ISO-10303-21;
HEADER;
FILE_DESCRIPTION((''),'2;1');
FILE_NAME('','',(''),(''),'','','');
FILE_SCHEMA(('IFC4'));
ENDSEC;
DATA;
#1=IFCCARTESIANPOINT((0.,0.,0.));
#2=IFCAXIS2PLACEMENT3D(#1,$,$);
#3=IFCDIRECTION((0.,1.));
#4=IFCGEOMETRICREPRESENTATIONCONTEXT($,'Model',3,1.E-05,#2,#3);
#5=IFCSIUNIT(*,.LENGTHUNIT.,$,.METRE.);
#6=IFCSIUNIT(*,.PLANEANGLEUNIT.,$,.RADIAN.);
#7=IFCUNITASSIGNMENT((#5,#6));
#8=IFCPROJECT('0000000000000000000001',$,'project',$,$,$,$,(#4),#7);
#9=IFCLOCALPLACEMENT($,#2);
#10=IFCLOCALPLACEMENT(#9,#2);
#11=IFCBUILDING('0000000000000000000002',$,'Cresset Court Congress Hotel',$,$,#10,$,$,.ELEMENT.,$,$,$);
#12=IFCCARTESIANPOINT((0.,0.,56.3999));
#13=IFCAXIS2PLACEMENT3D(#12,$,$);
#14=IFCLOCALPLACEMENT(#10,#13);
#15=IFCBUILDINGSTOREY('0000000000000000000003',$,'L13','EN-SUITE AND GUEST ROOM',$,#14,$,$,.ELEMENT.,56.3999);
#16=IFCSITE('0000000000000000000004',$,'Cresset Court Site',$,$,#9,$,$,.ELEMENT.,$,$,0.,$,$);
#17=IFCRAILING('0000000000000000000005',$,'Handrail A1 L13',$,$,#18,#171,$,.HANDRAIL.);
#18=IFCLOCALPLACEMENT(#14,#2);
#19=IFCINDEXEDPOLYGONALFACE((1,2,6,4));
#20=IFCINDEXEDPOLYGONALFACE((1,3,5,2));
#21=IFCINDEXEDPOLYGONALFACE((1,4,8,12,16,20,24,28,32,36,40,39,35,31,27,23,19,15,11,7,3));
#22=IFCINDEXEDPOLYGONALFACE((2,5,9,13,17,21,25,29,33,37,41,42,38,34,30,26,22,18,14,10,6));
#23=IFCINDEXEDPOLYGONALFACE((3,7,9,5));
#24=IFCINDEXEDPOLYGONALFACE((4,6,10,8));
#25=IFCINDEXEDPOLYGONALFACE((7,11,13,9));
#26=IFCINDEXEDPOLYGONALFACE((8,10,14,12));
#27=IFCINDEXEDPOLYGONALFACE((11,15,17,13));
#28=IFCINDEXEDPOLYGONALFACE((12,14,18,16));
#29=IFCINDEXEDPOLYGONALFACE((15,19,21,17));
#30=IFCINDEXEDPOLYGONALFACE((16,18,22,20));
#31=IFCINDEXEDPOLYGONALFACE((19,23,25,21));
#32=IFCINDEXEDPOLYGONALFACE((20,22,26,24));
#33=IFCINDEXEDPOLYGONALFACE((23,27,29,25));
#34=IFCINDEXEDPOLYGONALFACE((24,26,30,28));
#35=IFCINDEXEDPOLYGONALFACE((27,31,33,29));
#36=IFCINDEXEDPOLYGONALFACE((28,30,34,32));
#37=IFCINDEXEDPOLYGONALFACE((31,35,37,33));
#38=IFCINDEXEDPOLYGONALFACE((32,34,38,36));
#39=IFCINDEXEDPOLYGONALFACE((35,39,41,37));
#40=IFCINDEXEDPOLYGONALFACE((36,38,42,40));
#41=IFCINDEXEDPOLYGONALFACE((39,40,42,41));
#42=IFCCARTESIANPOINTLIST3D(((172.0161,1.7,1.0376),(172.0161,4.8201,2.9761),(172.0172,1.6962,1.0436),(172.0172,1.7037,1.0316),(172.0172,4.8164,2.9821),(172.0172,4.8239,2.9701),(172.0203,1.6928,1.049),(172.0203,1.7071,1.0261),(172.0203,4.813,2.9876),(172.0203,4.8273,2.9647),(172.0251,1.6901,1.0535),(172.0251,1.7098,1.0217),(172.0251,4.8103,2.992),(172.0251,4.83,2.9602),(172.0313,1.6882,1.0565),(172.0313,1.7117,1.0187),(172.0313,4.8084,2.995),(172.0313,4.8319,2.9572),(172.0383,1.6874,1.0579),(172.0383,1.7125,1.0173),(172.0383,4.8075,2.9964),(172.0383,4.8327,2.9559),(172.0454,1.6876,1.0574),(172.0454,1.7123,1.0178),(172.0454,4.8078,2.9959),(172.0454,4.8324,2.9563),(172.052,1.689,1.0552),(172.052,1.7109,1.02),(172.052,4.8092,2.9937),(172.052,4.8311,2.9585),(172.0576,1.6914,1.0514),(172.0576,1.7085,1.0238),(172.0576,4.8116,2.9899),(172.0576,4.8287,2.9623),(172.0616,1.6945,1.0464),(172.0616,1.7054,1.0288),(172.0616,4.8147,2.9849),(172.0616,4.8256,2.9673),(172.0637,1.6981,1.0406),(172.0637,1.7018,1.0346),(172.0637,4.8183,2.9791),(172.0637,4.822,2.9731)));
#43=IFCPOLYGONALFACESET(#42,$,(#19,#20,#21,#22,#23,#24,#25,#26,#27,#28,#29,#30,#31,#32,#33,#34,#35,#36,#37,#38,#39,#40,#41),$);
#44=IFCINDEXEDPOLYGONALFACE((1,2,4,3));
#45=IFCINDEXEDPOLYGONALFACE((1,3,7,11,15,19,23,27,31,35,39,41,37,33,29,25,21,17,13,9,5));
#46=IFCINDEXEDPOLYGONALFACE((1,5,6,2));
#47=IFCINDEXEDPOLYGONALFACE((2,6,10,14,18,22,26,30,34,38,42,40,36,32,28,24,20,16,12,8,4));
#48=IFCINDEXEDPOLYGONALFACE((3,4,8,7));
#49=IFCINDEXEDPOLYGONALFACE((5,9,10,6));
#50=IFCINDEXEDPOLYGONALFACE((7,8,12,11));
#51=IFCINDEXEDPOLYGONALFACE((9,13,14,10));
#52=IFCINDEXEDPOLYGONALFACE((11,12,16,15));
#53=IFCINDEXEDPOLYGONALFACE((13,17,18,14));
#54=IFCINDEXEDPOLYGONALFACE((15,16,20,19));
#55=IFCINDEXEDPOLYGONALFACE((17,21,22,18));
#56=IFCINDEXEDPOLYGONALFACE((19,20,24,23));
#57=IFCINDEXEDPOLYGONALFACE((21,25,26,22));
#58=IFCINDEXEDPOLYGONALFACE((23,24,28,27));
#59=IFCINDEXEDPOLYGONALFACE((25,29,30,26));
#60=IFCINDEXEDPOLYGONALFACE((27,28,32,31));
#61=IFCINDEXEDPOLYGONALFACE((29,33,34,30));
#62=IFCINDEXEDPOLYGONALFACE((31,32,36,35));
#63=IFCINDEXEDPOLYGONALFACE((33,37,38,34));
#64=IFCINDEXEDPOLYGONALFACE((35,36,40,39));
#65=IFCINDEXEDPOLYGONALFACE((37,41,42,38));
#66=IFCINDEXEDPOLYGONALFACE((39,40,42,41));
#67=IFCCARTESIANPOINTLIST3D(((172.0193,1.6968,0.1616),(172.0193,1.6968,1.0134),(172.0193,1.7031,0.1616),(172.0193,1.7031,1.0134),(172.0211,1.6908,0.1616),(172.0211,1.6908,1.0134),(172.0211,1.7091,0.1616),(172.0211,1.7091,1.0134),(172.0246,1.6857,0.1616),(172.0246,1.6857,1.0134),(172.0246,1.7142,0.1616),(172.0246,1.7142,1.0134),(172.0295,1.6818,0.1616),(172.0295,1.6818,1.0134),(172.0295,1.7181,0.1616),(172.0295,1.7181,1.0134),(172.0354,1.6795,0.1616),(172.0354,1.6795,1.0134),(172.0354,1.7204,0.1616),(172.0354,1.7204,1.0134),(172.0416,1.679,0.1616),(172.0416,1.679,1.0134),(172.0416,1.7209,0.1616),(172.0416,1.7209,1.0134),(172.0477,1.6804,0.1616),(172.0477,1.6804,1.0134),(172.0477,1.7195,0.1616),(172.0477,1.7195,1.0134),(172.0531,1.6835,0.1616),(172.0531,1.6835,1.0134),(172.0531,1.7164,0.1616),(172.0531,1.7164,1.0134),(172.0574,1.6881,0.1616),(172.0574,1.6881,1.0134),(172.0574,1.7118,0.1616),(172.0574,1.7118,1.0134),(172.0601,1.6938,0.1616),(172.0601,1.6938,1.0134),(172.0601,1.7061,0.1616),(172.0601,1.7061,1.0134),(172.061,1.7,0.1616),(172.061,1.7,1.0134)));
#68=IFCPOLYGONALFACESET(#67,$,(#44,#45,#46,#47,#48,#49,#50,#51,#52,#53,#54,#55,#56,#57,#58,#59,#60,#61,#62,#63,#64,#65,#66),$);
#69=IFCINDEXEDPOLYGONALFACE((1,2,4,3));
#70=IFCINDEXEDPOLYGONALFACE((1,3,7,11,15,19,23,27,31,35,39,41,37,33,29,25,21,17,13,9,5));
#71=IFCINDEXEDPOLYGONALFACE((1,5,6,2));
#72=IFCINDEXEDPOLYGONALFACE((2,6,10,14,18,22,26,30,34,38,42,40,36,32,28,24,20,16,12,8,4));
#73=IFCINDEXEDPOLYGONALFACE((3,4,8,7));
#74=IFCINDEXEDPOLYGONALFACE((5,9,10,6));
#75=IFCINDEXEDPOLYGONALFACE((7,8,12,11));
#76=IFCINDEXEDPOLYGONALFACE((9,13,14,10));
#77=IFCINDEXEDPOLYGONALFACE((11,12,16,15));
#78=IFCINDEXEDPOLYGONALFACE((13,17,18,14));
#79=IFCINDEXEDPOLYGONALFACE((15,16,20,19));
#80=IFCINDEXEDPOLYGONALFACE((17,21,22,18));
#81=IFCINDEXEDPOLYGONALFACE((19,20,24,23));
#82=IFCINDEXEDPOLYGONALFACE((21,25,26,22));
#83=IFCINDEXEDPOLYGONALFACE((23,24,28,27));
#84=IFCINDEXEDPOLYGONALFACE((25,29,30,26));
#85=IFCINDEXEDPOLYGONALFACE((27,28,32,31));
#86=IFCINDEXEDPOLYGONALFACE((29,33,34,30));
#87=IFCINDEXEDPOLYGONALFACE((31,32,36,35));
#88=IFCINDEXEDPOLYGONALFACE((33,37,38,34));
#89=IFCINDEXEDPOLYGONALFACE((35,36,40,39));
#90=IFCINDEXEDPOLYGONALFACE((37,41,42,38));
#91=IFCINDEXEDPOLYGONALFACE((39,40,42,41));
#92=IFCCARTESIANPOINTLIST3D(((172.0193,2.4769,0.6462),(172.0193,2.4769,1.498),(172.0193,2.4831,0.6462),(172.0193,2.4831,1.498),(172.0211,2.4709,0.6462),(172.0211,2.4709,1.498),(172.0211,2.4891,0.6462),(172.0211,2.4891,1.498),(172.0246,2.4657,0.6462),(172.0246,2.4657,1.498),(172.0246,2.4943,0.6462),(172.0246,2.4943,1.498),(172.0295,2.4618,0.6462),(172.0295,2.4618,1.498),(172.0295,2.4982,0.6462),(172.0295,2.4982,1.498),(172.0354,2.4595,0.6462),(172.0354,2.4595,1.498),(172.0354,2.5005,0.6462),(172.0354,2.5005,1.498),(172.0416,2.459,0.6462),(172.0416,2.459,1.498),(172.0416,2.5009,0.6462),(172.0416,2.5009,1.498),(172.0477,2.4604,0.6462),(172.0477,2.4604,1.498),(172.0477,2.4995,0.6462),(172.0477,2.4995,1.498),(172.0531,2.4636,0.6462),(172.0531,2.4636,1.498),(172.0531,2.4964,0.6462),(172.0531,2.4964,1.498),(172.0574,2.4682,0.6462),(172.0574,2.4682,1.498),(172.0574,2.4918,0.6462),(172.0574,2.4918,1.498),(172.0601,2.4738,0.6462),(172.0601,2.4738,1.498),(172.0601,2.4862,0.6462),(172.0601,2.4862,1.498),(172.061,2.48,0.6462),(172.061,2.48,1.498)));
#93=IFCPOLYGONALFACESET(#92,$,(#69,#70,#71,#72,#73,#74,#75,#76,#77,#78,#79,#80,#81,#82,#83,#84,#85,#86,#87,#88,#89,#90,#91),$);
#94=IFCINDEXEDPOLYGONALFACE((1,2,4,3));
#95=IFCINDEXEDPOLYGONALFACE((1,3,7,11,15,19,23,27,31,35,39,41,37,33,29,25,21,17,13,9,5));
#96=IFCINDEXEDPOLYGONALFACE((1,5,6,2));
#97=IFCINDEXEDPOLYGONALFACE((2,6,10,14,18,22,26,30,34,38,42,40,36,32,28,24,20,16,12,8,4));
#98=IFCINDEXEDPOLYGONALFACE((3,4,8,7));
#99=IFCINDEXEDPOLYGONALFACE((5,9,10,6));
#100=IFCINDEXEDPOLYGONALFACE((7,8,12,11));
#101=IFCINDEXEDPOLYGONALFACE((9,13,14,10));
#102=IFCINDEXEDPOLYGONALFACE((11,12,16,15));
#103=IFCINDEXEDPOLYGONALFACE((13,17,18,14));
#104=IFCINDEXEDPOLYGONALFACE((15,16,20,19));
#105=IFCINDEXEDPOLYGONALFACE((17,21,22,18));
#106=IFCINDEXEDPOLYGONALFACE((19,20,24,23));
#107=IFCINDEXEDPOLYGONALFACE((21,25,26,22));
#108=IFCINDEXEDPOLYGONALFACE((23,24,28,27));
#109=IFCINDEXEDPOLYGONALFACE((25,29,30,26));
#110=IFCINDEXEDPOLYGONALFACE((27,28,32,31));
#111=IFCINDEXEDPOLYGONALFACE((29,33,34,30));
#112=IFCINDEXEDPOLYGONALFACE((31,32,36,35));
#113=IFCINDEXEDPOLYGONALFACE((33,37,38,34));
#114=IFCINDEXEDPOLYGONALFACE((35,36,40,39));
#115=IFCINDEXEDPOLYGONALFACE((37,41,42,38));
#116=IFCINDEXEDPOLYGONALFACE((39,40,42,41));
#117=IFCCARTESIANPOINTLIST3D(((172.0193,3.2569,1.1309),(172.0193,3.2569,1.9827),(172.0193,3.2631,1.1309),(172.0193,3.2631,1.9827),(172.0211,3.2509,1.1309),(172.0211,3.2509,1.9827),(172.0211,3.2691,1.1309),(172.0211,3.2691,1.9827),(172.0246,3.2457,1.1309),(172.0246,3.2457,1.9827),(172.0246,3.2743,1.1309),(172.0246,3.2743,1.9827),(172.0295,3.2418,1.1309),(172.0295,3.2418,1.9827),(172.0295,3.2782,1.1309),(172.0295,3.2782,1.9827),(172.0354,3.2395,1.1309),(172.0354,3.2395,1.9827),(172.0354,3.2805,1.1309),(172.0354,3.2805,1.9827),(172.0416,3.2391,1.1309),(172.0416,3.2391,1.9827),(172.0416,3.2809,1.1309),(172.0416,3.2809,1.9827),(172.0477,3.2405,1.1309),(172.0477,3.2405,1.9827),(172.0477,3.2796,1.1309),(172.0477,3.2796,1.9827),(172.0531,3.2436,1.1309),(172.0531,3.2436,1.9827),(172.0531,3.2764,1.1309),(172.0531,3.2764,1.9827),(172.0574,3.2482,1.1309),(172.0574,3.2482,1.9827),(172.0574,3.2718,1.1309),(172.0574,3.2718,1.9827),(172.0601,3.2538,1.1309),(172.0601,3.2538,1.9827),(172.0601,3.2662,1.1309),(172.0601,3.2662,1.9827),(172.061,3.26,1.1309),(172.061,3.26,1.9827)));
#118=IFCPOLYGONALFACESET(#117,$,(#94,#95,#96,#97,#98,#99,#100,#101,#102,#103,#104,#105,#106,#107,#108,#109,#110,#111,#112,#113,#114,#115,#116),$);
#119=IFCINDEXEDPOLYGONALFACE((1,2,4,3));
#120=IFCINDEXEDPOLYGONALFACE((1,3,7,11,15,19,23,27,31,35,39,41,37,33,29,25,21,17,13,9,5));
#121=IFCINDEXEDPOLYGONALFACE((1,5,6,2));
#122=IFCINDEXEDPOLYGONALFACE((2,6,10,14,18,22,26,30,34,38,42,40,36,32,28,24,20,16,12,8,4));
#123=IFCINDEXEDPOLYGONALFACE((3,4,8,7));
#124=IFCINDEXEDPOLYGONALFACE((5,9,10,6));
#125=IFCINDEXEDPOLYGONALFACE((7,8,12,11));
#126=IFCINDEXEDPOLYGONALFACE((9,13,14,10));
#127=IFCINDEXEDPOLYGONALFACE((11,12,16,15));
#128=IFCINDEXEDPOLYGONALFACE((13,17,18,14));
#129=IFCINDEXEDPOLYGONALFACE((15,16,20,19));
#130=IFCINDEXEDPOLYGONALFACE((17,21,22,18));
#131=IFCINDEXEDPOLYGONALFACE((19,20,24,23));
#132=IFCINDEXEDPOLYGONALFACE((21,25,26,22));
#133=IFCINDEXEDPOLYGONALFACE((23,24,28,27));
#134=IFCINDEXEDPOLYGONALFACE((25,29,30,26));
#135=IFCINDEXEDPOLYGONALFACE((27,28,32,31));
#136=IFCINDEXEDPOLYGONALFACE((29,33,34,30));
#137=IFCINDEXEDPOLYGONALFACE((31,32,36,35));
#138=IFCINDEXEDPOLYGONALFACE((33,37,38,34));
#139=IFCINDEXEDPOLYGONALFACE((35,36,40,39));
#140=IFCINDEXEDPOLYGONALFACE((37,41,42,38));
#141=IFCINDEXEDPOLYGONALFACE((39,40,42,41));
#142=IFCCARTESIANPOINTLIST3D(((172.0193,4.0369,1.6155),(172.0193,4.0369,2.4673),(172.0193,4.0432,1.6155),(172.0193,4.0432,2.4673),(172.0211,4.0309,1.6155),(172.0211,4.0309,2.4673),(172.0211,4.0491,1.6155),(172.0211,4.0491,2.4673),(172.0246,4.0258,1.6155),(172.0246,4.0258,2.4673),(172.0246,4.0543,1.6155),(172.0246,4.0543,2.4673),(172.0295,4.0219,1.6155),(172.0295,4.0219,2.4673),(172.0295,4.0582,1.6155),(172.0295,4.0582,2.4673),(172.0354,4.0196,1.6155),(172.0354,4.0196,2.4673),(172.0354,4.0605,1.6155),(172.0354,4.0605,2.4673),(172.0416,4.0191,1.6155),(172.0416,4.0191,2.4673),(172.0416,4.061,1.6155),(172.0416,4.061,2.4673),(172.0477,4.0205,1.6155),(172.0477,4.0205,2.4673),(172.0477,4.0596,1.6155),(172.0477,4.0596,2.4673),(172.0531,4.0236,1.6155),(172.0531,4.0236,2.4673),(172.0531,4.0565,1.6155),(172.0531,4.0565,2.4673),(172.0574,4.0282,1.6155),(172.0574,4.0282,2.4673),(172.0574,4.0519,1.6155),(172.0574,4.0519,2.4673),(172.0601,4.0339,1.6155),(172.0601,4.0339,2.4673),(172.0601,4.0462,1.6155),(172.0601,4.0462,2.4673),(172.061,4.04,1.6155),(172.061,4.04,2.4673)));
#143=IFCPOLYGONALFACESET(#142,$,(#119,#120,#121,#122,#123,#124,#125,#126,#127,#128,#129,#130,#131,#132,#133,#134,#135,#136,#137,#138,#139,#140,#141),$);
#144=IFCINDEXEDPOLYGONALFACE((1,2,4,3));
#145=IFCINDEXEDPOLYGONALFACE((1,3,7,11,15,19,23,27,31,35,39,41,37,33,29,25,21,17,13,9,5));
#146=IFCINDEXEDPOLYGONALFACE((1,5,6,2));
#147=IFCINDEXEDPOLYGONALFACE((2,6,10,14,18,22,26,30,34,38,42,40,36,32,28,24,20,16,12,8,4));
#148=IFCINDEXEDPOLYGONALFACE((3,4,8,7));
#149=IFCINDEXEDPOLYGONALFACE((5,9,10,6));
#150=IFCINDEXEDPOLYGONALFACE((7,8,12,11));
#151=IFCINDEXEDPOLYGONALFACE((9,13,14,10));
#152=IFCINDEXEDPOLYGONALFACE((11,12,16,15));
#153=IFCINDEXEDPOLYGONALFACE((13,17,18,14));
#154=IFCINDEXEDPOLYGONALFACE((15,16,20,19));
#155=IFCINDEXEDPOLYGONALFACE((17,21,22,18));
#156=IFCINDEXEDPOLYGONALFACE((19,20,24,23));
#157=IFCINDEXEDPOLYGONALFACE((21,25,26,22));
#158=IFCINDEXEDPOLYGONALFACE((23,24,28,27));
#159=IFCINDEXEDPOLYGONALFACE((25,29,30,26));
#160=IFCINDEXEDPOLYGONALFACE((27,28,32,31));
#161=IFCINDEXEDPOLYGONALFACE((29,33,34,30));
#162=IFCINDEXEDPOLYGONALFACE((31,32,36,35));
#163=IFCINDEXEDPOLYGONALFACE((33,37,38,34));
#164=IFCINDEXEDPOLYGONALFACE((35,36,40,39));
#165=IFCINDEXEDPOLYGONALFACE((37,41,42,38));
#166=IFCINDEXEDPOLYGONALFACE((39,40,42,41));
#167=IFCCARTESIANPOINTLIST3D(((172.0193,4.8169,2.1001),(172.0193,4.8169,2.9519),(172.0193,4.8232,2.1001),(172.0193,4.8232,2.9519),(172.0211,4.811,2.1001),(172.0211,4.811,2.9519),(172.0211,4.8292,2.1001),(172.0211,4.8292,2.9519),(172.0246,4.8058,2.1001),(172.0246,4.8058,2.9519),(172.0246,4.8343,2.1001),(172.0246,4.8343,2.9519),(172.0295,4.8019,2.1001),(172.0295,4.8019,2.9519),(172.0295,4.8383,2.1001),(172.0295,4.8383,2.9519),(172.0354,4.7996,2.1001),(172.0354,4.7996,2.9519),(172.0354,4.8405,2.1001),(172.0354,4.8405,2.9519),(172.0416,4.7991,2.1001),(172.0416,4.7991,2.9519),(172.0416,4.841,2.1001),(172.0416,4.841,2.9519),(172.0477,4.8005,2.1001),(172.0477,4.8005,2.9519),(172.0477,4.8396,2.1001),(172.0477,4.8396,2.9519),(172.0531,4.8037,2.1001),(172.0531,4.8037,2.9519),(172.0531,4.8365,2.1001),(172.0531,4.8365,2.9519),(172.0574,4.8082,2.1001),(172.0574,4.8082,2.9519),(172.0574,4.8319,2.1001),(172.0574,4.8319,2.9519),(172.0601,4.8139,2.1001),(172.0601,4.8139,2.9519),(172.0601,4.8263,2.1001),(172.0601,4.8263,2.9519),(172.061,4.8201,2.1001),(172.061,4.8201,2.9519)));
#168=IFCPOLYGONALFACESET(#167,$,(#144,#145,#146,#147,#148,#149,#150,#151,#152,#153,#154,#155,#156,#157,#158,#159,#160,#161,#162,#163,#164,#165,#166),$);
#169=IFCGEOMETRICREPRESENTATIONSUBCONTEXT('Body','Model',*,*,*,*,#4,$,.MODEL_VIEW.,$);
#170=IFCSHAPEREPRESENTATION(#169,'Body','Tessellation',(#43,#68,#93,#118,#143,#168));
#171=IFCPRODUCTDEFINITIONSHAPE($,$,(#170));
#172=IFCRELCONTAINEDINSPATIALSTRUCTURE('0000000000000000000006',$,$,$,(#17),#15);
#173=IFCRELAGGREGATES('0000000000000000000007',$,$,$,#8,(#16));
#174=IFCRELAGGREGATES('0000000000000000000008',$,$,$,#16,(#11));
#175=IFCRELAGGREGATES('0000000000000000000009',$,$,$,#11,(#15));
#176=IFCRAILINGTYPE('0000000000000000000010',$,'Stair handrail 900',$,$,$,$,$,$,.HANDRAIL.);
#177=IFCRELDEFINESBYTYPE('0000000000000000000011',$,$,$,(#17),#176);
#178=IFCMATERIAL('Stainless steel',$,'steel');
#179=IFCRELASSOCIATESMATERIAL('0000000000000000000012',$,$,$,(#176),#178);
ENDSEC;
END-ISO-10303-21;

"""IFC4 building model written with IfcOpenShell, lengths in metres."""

from ifc_helpers import new_model, si_unit, direction, frame, origin, origin_2d, place, context, subcontext, project, spatial, circle, extrude, material, type_object, element, save


model = new_model("IFC4")

# Units and contexts
model_context = context("Model", 3, precision=1e-05, world=origin(), true_north=direction((0.0, 1.0)))
body_context = subcontext(model_context, "Body", "Model", "MODEL_VIEW")
ifc_project = project(units=[si_unit("LENGTHUNIT", "METRE"), si_unit("PLANEANGLEUNIT", "RADIAN")], contexts=[model_context])

# Site, building, storey
site_placement = place(None, origin())
site = spatial("IfcSite", under=ifc_project, at=site_placement, Name="Cresset Court Site", CompositionType="ELEMENT", RefElevation=0.0)
building_placement = place(site_placement, origin())
building = spatial("IfcBuilding", under=site, at=building_placement, Name="Cresset Court Congress Hotel", CompositionType="ELEMENT")
storey_placement = place(building_placement, frame((0.0, 0.0, 56.3999)))
storey = spatial("IfcBuildingStorey", under=building, at=storey_placement, Name="L13", Description="EN-SUITE AND GUEST ROOM", CompositionType="ELEMENT", Elevation=56.3999)

# Railing
ifc_material_1 = material(Name="Stainless steel", Category="steel")
railing_type_1 = type_object("IfcRailingType", Name="Stair handrail 900", PredefinedType="HANDRAIL", material=ifc_material_1)
for number, where, name in (
    (1, (172.04, 1.7, 0.1616), "Handrail A1 L13"),
):
    element("IfcRailing", number, at=place(storey_placement, frame(where)), inside=storey, type_object=railing_type_1, Name=name, PredefinedType="HANDRAIL", context=body_context, shape_type="SweptSolid", body=[
        extrude(circle(Radius=0.0239, at=origin_2d()), frame((0.0, 0.0, 0.876), z_axis=(0.0, 0.849414, 0.527727), x_axis=(-1.0, 0.0, 0.0)), (0.0, 0.0, 1.0), 3.6733),
        extrude(circle(Radius=0.021, at=origin_2d()), origin(), (0.0, 0.0, 1.0), 0.8518),
        extrude(circle(Radius=0.021, at=origin_2d()), frame((0.0, 0.78, 0.4846)), (0.0, 0.0, 1.0), 0.8518),
        extrude(circle(Radius=0.021, at=origin_2d()), frame((0.0, 1.5601, 0.9692)), (0.0, 0.0, 1.0), 0.8518),
        extrude(circle(Radius=0.021, at=origin_2d()), frame((0.0, 2.3401, 1.4539)), (0.0, 0.0, 1.0), 0.8518),
        extrude(circle(Radius=0.021, at=origin_2d()), frame((0.0, 3.1201, 1.9385)), (0.0, 0.0, 1.0), 0.8518),
    ])

save(model, "model.ifc")
